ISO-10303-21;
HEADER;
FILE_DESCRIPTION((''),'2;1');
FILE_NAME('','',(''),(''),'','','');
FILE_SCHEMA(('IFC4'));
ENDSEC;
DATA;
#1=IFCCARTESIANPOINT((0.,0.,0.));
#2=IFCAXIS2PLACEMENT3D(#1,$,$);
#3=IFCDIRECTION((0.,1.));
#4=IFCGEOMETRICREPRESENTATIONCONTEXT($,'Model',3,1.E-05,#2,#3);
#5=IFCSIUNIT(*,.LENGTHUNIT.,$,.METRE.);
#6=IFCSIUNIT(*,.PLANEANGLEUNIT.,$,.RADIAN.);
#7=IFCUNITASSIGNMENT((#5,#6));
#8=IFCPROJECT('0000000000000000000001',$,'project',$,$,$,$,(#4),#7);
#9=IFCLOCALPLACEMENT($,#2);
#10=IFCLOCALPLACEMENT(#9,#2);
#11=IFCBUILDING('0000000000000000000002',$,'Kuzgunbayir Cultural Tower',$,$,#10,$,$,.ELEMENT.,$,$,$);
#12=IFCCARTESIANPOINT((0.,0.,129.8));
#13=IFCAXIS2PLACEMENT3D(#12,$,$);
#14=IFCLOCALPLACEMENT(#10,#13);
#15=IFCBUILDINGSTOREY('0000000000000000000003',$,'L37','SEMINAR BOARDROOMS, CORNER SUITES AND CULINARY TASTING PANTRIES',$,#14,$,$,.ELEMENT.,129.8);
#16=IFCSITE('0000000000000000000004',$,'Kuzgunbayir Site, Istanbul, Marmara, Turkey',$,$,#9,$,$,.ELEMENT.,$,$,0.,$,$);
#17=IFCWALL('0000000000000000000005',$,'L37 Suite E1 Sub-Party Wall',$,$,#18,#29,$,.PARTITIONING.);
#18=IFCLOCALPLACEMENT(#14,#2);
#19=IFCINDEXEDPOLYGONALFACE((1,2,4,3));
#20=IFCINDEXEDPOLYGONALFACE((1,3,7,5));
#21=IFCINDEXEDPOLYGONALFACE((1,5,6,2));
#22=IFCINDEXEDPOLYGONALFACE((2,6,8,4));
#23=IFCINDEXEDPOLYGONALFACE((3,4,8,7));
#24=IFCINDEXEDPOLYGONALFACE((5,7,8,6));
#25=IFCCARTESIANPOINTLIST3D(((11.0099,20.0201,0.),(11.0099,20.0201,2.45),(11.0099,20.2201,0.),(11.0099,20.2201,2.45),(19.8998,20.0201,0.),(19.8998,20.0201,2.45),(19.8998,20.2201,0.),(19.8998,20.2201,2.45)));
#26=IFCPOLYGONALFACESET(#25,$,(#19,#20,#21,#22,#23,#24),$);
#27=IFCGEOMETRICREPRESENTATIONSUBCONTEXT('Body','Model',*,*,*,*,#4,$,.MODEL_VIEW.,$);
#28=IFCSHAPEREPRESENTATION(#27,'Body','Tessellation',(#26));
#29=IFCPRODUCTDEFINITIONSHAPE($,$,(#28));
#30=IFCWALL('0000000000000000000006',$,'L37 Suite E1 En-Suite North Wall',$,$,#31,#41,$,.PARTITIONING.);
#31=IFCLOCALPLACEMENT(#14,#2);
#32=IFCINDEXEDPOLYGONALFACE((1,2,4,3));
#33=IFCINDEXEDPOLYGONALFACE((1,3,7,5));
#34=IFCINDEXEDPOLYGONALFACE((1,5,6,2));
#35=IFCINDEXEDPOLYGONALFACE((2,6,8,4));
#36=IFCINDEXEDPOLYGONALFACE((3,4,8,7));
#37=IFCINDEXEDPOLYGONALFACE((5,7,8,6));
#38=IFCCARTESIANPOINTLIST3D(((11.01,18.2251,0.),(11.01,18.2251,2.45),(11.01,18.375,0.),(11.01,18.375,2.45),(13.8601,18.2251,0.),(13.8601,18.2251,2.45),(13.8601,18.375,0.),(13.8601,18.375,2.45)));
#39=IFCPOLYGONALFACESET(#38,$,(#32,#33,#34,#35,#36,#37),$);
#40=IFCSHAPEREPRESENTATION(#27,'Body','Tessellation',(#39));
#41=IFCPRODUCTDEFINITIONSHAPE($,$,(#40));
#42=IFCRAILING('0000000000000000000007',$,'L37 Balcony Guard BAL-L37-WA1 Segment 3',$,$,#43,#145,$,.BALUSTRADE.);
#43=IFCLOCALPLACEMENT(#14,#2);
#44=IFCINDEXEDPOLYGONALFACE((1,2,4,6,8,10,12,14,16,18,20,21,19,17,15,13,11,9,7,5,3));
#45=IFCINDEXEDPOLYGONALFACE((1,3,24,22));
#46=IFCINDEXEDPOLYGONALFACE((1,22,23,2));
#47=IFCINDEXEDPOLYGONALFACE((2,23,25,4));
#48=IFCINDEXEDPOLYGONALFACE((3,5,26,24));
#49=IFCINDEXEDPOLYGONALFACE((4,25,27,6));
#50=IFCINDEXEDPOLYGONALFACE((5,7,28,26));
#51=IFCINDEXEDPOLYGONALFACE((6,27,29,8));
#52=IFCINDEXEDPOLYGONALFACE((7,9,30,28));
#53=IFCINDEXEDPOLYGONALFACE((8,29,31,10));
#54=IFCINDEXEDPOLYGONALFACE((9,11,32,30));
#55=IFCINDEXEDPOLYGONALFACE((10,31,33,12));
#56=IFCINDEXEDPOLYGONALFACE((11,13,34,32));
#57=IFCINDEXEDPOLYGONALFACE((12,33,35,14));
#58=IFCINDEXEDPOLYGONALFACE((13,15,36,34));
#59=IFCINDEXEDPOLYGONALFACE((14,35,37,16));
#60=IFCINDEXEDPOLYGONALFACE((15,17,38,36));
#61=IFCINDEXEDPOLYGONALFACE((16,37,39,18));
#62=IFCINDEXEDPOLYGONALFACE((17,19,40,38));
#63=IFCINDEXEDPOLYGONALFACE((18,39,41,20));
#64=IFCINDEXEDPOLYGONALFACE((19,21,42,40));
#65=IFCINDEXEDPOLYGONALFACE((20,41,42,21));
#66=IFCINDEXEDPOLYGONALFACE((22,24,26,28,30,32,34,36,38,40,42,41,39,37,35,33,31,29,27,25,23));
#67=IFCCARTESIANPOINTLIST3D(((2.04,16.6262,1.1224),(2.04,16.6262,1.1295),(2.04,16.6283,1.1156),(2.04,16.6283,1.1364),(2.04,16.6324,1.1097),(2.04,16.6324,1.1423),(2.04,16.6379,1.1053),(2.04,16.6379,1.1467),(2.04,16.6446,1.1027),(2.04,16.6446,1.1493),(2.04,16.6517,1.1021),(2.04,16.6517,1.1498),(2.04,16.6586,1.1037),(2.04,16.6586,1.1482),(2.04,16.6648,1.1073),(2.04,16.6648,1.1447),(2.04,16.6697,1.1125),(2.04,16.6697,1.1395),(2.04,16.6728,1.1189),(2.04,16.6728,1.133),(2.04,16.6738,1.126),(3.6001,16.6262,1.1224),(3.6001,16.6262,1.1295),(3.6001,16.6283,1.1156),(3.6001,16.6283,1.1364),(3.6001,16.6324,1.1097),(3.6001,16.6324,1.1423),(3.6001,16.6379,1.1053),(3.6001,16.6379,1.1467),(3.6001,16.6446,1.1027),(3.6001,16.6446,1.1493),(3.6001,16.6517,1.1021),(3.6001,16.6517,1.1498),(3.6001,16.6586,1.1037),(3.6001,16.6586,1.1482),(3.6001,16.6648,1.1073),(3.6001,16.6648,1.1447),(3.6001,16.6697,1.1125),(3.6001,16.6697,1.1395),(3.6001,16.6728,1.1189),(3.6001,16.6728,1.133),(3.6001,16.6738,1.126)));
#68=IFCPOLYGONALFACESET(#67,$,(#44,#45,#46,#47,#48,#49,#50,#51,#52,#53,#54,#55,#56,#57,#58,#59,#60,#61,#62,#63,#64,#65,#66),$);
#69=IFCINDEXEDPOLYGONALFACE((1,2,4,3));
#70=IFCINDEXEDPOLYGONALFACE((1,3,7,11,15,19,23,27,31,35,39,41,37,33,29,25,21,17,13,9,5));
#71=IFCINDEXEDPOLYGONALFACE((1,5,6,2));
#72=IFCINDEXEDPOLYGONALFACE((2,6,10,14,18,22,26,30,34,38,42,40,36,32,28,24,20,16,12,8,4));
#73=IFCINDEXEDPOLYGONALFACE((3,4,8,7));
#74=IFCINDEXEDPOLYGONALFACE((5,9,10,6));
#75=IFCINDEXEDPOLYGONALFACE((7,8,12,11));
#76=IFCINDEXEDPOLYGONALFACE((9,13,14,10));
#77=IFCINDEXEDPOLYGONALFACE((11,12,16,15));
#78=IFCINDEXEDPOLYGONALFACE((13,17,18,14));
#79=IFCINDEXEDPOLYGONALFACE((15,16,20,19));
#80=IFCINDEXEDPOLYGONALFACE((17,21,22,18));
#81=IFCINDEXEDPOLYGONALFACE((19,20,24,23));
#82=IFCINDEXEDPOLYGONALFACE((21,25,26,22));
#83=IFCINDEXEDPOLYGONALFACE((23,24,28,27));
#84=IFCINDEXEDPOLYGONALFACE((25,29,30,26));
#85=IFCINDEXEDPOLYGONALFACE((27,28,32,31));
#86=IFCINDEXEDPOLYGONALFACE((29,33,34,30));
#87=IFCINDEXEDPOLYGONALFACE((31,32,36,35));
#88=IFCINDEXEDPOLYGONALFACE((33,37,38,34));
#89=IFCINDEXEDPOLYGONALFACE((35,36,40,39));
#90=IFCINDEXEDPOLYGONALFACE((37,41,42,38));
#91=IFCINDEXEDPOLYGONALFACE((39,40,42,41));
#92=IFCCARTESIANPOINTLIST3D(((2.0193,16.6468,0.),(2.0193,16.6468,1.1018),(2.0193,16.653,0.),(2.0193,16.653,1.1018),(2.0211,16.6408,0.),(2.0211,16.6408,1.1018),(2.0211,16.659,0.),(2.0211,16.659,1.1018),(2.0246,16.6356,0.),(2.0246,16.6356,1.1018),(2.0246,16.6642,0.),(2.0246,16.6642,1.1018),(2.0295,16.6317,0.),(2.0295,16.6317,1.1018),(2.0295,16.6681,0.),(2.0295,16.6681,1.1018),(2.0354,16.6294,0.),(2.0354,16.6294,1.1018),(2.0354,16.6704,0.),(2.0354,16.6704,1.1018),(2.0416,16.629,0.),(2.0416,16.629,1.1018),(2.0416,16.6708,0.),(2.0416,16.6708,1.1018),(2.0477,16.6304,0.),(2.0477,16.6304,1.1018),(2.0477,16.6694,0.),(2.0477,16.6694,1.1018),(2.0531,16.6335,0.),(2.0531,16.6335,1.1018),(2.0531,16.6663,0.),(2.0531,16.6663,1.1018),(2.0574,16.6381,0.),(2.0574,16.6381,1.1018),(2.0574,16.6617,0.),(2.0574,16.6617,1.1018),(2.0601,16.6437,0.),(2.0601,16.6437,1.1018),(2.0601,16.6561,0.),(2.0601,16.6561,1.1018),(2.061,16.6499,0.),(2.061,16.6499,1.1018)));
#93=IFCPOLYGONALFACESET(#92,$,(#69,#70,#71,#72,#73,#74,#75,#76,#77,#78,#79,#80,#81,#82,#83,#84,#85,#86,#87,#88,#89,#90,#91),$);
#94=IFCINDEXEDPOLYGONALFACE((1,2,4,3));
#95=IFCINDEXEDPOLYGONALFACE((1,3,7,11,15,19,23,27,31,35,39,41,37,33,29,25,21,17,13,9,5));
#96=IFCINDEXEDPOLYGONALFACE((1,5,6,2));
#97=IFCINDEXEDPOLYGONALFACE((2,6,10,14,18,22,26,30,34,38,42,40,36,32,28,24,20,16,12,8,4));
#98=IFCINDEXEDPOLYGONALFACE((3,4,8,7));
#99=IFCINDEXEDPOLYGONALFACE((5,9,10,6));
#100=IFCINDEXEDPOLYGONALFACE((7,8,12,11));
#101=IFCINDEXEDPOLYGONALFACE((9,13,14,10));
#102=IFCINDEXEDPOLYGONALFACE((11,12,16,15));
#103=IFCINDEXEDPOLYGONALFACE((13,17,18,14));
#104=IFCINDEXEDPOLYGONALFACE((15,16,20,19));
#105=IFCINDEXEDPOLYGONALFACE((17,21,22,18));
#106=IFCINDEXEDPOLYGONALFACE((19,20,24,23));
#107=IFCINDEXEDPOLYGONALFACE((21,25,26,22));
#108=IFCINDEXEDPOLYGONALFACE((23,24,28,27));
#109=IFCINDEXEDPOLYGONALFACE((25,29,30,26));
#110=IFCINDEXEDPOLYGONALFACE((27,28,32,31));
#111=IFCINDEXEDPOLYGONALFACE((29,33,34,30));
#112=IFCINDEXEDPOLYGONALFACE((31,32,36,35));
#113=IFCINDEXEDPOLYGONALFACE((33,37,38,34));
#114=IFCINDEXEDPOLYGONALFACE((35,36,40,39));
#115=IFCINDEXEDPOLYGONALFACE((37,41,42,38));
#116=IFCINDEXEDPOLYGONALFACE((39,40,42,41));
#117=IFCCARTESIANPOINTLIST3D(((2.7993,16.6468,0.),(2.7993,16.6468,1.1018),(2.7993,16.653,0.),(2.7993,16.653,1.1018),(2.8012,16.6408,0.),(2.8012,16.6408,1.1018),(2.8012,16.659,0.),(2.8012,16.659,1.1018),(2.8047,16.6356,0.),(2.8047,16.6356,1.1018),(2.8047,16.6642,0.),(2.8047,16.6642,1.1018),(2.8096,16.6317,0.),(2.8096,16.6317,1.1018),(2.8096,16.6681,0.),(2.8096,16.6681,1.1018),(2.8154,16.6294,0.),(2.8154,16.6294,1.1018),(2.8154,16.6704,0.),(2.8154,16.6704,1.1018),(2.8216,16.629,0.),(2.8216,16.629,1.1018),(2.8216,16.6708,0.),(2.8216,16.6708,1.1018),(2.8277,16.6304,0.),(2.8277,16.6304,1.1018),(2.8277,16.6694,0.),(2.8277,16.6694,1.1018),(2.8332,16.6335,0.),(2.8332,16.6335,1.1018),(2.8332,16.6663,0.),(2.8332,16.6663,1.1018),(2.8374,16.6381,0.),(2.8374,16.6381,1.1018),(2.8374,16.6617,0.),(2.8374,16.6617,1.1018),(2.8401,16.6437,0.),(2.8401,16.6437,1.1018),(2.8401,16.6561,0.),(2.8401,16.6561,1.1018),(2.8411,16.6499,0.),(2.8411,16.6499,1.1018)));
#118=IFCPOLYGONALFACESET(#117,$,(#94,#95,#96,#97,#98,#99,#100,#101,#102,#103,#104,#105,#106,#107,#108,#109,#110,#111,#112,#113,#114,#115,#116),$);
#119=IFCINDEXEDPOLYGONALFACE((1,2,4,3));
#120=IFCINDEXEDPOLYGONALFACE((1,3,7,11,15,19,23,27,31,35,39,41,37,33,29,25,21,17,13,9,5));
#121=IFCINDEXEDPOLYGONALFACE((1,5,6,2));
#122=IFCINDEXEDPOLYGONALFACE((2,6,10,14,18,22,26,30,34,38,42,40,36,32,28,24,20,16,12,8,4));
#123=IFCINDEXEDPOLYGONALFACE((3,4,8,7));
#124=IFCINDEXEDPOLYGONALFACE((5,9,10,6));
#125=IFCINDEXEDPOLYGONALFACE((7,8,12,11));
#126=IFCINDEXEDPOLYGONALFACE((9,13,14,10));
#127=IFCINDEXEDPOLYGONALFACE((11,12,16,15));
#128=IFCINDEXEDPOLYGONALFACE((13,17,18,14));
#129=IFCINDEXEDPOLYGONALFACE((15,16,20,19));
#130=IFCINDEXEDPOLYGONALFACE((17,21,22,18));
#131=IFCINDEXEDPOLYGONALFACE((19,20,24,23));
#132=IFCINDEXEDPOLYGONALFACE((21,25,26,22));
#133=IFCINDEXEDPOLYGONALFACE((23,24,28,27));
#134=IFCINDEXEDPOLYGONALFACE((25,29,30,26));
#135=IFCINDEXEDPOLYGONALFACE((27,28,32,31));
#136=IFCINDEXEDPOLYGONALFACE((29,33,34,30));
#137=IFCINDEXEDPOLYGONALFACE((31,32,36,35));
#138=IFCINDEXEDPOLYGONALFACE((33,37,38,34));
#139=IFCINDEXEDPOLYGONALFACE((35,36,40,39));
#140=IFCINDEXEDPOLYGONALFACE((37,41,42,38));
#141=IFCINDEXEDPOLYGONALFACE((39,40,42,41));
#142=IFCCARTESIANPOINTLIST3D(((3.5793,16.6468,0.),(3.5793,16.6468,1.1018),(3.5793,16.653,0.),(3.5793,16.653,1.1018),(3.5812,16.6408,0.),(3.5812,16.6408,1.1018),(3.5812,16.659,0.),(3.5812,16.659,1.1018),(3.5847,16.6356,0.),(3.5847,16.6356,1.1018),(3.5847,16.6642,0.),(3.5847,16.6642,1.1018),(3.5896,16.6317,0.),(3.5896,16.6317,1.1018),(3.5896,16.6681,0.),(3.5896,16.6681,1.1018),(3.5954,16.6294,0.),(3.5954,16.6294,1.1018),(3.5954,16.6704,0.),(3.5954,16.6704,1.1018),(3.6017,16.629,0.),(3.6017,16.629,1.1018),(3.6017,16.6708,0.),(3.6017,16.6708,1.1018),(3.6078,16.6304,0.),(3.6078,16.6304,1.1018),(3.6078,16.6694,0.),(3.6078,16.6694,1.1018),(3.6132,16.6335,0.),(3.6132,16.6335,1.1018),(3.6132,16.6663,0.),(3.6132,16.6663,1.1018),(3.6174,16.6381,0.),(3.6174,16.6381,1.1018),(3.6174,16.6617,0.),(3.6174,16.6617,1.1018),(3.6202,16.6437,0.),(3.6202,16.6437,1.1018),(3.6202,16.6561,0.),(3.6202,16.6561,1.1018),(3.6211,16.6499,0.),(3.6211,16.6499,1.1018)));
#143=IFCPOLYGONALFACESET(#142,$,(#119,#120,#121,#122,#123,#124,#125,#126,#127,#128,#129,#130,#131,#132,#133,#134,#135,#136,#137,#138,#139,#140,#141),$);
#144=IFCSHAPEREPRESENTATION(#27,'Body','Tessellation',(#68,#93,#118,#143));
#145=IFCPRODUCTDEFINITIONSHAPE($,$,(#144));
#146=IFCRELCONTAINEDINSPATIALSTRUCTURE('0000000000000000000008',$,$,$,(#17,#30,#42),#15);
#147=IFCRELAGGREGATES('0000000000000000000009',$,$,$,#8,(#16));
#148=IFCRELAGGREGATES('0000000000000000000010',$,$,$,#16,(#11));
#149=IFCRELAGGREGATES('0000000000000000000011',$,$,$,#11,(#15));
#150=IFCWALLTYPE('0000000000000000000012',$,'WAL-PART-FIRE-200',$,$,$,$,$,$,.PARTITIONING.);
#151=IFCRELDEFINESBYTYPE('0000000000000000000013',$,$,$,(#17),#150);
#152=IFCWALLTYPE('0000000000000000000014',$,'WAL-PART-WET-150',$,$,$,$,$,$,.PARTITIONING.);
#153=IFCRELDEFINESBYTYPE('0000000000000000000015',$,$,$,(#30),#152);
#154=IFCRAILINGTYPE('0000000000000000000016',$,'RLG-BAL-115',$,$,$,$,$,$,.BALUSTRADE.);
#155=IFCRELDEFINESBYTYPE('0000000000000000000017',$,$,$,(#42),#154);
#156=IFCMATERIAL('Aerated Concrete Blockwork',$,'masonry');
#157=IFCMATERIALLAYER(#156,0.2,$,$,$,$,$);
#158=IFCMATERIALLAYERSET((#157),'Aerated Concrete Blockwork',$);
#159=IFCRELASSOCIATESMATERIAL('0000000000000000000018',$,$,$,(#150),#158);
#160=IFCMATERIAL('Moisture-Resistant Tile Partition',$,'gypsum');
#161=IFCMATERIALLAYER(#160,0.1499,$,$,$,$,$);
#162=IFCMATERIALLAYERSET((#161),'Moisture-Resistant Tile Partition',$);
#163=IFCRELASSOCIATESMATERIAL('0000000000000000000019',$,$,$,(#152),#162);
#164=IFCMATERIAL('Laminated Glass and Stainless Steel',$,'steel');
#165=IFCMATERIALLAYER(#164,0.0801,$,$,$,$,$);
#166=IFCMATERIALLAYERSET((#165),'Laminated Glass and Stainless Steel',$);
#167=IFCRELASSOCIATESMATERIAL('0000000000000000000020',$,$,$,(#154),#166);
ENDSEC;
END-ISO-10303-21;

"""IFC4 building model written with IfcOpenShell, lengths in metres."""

from ifc_helpers import new_model, si_unit, direction, frame, frame_2d, origin, origin_2d, place, context, subcontext, project, spatial, rectangle, circle, extrude, material, layer, layer_set, type_object, element, save


model = new_model("IFC4")

# Units and contexts
model_context = context("Model", 3, precision=1e-05, world=origin(), true_north=direction((0.0, 1.0)))
body_context = subcontext(model_context, "Body", "Model", "MODEL_VIEW")
ifc_project = project(units=[si_unit("LENGTHUNIT", "METRE"), si_unit("PLANEANGLEUNIT", "RADIAN")], contexts=[model_context])

# Site, building, storey
site_placement = place(None, origin())
site = spatial("IfcSite", under=ifc_project, at=site_placement, Name="Kuzgunbayir Site, Istanbul, Marmara, Turkey", CompositionType="ELEMENT", RefElevation=0.0)
building_placement = place(site_placement, origin())
building = spatial("IfcBuilding", under=site, at=building_placement, Name="Kuzgunbayir Cultural Tower", CompositionType="ELEMENT")
storey_placement = place(building_placement, frame((0.0, 0.0, 129.8)))
storey = spatial("IfcBuildingStorey", under=building, at=storey_placement, Name="L37", Description="SEMINAR BOARDROOMS, CORNER SUITES AND CULINARY TASTING PANTRIES", CompositionType="ELEMENT", Elevation=129.8)

# Walls
ifc_material_1 = material(Name="Aerated Concrete Blockwork", Category="masonry")
ifc_layer_1 = layer(ifc_material_1, 0.2)
ifc_layer_set_1 = layer_set([ifc_layer_1], Name="Aerated Concrete Blockwork")
wall_type_1 = type_object("IfcWallType", Name="WAL-PART-FIRE-200", PredefinedType="PARTITIONING", material=ifc_layer_set_1)
wall_1_placement = place(storey_placement, frame((11.01, 20.1201, 0.0), z_axis=(0.0, 0.0, 1.0), x_axis=(1.0, 0.0, 0.0)))
element("IfcWall", 1, at=wall_1_placement, inside=storey, type_object=wall_type_1, Name="L37 Suite E1 Sub-Party Wall", PredefinedType="PARTITIONING", context=body_context, shape_type="SweptSolid", body=[
    extrude(rectangle(XDim=8.8899, YDim=0.2, at=frame_2d((4.4448, 0.0))), origin(), (0.0, 0.0, 1.0), 2.45),
])
ifc_material_2 = material(Name="Moisture-Resistant Tile Partition", Category="gypsum")
ifc_layer_2 = layer(ifc_material_2, 0.1499)
ifc_layer_set_2 = layer_set([ifc_layer_2], Name="Moisture-Resistant Tile Partition")
wall_type_2 = type_object("IfcWallType", Name="WAL-PART-WET-150", PredefinedType="PARTITIONING", material=ifc_layer_set_2)
wall_2_placement = place(storey_placement, frame((11.01, 18.3, 0.0), z_axis=(0.0, 0.0, 1.0), x_axis=(1.0, 0.0, 0.0)))
element("IfcWall", 2, at=wall_2_placement, inside=storey, type_object=wall_type_2, Name="L37 Suite E1 En-Suite North Wall", PredefinedType="PARTITIONING", context=body_context, shape_type="SweptSolid", body=[
    extrude(rectangle(XDim=2.8501, YDim=0.1499, at=frame_2d((1.425, 0.0))), origin(), (0.0, 0.0, 1.0), 2.45),
])

# Railing
ifc_material_3 = material(Name="Laminated Glass and Stainless Steel", Category="steel")
ifc_layer_3 = layer(ifc_material_3, 0.0801)
ifc_layer_set_3 = layer_set([ifc_layer_3], Name="Laminated Glass and Stainless Steel")
railing_type = type_object("IfcRailingType", Name="RLG-BAL-115", PredefinedType="BALUSTRADE", material=ifc_layer_set_3)
railing_1_placement = place(storey_placement, frame((2.04, 16.6499, 0.0)))
element("IfcRailing", 3, at=railing_1_placement, inside=storey, type_object=railing_type, Name="L37 Balcony Guard BAL-L37-WA1 Segment 3", PredefinedType="BALUSTRADE", context=body_context, shape_type="SweptSolid", body=[
    extrude(circle(Radius=0.0239, at=origin_2d()), frame((0.0, 0.0, 1.126), z_axis=(1.0, 0.0, 0.0), x_axis=(0.0, 1.0, 0.0)), (0.0, 0.0, 1.0), 1.5601),
    extrude(circle(Radius=0.021, at=origin_2d()), origin(), (0.0, 0.0, 1.0), 1.1018),
    extrude(circle(Radius=0.021, at=origin_2d()), frame((0.78, 0.0, 0.0)), (0.0, 0.0, 1.0), 1.1018),
    extrude(circle(Radius=0.021, at=origin_2d()), frame((1.5601, 0.0, 0.0)), (0.0, 0.0, 1.0), 1.1018),
])

save(model, "model.ifc")
